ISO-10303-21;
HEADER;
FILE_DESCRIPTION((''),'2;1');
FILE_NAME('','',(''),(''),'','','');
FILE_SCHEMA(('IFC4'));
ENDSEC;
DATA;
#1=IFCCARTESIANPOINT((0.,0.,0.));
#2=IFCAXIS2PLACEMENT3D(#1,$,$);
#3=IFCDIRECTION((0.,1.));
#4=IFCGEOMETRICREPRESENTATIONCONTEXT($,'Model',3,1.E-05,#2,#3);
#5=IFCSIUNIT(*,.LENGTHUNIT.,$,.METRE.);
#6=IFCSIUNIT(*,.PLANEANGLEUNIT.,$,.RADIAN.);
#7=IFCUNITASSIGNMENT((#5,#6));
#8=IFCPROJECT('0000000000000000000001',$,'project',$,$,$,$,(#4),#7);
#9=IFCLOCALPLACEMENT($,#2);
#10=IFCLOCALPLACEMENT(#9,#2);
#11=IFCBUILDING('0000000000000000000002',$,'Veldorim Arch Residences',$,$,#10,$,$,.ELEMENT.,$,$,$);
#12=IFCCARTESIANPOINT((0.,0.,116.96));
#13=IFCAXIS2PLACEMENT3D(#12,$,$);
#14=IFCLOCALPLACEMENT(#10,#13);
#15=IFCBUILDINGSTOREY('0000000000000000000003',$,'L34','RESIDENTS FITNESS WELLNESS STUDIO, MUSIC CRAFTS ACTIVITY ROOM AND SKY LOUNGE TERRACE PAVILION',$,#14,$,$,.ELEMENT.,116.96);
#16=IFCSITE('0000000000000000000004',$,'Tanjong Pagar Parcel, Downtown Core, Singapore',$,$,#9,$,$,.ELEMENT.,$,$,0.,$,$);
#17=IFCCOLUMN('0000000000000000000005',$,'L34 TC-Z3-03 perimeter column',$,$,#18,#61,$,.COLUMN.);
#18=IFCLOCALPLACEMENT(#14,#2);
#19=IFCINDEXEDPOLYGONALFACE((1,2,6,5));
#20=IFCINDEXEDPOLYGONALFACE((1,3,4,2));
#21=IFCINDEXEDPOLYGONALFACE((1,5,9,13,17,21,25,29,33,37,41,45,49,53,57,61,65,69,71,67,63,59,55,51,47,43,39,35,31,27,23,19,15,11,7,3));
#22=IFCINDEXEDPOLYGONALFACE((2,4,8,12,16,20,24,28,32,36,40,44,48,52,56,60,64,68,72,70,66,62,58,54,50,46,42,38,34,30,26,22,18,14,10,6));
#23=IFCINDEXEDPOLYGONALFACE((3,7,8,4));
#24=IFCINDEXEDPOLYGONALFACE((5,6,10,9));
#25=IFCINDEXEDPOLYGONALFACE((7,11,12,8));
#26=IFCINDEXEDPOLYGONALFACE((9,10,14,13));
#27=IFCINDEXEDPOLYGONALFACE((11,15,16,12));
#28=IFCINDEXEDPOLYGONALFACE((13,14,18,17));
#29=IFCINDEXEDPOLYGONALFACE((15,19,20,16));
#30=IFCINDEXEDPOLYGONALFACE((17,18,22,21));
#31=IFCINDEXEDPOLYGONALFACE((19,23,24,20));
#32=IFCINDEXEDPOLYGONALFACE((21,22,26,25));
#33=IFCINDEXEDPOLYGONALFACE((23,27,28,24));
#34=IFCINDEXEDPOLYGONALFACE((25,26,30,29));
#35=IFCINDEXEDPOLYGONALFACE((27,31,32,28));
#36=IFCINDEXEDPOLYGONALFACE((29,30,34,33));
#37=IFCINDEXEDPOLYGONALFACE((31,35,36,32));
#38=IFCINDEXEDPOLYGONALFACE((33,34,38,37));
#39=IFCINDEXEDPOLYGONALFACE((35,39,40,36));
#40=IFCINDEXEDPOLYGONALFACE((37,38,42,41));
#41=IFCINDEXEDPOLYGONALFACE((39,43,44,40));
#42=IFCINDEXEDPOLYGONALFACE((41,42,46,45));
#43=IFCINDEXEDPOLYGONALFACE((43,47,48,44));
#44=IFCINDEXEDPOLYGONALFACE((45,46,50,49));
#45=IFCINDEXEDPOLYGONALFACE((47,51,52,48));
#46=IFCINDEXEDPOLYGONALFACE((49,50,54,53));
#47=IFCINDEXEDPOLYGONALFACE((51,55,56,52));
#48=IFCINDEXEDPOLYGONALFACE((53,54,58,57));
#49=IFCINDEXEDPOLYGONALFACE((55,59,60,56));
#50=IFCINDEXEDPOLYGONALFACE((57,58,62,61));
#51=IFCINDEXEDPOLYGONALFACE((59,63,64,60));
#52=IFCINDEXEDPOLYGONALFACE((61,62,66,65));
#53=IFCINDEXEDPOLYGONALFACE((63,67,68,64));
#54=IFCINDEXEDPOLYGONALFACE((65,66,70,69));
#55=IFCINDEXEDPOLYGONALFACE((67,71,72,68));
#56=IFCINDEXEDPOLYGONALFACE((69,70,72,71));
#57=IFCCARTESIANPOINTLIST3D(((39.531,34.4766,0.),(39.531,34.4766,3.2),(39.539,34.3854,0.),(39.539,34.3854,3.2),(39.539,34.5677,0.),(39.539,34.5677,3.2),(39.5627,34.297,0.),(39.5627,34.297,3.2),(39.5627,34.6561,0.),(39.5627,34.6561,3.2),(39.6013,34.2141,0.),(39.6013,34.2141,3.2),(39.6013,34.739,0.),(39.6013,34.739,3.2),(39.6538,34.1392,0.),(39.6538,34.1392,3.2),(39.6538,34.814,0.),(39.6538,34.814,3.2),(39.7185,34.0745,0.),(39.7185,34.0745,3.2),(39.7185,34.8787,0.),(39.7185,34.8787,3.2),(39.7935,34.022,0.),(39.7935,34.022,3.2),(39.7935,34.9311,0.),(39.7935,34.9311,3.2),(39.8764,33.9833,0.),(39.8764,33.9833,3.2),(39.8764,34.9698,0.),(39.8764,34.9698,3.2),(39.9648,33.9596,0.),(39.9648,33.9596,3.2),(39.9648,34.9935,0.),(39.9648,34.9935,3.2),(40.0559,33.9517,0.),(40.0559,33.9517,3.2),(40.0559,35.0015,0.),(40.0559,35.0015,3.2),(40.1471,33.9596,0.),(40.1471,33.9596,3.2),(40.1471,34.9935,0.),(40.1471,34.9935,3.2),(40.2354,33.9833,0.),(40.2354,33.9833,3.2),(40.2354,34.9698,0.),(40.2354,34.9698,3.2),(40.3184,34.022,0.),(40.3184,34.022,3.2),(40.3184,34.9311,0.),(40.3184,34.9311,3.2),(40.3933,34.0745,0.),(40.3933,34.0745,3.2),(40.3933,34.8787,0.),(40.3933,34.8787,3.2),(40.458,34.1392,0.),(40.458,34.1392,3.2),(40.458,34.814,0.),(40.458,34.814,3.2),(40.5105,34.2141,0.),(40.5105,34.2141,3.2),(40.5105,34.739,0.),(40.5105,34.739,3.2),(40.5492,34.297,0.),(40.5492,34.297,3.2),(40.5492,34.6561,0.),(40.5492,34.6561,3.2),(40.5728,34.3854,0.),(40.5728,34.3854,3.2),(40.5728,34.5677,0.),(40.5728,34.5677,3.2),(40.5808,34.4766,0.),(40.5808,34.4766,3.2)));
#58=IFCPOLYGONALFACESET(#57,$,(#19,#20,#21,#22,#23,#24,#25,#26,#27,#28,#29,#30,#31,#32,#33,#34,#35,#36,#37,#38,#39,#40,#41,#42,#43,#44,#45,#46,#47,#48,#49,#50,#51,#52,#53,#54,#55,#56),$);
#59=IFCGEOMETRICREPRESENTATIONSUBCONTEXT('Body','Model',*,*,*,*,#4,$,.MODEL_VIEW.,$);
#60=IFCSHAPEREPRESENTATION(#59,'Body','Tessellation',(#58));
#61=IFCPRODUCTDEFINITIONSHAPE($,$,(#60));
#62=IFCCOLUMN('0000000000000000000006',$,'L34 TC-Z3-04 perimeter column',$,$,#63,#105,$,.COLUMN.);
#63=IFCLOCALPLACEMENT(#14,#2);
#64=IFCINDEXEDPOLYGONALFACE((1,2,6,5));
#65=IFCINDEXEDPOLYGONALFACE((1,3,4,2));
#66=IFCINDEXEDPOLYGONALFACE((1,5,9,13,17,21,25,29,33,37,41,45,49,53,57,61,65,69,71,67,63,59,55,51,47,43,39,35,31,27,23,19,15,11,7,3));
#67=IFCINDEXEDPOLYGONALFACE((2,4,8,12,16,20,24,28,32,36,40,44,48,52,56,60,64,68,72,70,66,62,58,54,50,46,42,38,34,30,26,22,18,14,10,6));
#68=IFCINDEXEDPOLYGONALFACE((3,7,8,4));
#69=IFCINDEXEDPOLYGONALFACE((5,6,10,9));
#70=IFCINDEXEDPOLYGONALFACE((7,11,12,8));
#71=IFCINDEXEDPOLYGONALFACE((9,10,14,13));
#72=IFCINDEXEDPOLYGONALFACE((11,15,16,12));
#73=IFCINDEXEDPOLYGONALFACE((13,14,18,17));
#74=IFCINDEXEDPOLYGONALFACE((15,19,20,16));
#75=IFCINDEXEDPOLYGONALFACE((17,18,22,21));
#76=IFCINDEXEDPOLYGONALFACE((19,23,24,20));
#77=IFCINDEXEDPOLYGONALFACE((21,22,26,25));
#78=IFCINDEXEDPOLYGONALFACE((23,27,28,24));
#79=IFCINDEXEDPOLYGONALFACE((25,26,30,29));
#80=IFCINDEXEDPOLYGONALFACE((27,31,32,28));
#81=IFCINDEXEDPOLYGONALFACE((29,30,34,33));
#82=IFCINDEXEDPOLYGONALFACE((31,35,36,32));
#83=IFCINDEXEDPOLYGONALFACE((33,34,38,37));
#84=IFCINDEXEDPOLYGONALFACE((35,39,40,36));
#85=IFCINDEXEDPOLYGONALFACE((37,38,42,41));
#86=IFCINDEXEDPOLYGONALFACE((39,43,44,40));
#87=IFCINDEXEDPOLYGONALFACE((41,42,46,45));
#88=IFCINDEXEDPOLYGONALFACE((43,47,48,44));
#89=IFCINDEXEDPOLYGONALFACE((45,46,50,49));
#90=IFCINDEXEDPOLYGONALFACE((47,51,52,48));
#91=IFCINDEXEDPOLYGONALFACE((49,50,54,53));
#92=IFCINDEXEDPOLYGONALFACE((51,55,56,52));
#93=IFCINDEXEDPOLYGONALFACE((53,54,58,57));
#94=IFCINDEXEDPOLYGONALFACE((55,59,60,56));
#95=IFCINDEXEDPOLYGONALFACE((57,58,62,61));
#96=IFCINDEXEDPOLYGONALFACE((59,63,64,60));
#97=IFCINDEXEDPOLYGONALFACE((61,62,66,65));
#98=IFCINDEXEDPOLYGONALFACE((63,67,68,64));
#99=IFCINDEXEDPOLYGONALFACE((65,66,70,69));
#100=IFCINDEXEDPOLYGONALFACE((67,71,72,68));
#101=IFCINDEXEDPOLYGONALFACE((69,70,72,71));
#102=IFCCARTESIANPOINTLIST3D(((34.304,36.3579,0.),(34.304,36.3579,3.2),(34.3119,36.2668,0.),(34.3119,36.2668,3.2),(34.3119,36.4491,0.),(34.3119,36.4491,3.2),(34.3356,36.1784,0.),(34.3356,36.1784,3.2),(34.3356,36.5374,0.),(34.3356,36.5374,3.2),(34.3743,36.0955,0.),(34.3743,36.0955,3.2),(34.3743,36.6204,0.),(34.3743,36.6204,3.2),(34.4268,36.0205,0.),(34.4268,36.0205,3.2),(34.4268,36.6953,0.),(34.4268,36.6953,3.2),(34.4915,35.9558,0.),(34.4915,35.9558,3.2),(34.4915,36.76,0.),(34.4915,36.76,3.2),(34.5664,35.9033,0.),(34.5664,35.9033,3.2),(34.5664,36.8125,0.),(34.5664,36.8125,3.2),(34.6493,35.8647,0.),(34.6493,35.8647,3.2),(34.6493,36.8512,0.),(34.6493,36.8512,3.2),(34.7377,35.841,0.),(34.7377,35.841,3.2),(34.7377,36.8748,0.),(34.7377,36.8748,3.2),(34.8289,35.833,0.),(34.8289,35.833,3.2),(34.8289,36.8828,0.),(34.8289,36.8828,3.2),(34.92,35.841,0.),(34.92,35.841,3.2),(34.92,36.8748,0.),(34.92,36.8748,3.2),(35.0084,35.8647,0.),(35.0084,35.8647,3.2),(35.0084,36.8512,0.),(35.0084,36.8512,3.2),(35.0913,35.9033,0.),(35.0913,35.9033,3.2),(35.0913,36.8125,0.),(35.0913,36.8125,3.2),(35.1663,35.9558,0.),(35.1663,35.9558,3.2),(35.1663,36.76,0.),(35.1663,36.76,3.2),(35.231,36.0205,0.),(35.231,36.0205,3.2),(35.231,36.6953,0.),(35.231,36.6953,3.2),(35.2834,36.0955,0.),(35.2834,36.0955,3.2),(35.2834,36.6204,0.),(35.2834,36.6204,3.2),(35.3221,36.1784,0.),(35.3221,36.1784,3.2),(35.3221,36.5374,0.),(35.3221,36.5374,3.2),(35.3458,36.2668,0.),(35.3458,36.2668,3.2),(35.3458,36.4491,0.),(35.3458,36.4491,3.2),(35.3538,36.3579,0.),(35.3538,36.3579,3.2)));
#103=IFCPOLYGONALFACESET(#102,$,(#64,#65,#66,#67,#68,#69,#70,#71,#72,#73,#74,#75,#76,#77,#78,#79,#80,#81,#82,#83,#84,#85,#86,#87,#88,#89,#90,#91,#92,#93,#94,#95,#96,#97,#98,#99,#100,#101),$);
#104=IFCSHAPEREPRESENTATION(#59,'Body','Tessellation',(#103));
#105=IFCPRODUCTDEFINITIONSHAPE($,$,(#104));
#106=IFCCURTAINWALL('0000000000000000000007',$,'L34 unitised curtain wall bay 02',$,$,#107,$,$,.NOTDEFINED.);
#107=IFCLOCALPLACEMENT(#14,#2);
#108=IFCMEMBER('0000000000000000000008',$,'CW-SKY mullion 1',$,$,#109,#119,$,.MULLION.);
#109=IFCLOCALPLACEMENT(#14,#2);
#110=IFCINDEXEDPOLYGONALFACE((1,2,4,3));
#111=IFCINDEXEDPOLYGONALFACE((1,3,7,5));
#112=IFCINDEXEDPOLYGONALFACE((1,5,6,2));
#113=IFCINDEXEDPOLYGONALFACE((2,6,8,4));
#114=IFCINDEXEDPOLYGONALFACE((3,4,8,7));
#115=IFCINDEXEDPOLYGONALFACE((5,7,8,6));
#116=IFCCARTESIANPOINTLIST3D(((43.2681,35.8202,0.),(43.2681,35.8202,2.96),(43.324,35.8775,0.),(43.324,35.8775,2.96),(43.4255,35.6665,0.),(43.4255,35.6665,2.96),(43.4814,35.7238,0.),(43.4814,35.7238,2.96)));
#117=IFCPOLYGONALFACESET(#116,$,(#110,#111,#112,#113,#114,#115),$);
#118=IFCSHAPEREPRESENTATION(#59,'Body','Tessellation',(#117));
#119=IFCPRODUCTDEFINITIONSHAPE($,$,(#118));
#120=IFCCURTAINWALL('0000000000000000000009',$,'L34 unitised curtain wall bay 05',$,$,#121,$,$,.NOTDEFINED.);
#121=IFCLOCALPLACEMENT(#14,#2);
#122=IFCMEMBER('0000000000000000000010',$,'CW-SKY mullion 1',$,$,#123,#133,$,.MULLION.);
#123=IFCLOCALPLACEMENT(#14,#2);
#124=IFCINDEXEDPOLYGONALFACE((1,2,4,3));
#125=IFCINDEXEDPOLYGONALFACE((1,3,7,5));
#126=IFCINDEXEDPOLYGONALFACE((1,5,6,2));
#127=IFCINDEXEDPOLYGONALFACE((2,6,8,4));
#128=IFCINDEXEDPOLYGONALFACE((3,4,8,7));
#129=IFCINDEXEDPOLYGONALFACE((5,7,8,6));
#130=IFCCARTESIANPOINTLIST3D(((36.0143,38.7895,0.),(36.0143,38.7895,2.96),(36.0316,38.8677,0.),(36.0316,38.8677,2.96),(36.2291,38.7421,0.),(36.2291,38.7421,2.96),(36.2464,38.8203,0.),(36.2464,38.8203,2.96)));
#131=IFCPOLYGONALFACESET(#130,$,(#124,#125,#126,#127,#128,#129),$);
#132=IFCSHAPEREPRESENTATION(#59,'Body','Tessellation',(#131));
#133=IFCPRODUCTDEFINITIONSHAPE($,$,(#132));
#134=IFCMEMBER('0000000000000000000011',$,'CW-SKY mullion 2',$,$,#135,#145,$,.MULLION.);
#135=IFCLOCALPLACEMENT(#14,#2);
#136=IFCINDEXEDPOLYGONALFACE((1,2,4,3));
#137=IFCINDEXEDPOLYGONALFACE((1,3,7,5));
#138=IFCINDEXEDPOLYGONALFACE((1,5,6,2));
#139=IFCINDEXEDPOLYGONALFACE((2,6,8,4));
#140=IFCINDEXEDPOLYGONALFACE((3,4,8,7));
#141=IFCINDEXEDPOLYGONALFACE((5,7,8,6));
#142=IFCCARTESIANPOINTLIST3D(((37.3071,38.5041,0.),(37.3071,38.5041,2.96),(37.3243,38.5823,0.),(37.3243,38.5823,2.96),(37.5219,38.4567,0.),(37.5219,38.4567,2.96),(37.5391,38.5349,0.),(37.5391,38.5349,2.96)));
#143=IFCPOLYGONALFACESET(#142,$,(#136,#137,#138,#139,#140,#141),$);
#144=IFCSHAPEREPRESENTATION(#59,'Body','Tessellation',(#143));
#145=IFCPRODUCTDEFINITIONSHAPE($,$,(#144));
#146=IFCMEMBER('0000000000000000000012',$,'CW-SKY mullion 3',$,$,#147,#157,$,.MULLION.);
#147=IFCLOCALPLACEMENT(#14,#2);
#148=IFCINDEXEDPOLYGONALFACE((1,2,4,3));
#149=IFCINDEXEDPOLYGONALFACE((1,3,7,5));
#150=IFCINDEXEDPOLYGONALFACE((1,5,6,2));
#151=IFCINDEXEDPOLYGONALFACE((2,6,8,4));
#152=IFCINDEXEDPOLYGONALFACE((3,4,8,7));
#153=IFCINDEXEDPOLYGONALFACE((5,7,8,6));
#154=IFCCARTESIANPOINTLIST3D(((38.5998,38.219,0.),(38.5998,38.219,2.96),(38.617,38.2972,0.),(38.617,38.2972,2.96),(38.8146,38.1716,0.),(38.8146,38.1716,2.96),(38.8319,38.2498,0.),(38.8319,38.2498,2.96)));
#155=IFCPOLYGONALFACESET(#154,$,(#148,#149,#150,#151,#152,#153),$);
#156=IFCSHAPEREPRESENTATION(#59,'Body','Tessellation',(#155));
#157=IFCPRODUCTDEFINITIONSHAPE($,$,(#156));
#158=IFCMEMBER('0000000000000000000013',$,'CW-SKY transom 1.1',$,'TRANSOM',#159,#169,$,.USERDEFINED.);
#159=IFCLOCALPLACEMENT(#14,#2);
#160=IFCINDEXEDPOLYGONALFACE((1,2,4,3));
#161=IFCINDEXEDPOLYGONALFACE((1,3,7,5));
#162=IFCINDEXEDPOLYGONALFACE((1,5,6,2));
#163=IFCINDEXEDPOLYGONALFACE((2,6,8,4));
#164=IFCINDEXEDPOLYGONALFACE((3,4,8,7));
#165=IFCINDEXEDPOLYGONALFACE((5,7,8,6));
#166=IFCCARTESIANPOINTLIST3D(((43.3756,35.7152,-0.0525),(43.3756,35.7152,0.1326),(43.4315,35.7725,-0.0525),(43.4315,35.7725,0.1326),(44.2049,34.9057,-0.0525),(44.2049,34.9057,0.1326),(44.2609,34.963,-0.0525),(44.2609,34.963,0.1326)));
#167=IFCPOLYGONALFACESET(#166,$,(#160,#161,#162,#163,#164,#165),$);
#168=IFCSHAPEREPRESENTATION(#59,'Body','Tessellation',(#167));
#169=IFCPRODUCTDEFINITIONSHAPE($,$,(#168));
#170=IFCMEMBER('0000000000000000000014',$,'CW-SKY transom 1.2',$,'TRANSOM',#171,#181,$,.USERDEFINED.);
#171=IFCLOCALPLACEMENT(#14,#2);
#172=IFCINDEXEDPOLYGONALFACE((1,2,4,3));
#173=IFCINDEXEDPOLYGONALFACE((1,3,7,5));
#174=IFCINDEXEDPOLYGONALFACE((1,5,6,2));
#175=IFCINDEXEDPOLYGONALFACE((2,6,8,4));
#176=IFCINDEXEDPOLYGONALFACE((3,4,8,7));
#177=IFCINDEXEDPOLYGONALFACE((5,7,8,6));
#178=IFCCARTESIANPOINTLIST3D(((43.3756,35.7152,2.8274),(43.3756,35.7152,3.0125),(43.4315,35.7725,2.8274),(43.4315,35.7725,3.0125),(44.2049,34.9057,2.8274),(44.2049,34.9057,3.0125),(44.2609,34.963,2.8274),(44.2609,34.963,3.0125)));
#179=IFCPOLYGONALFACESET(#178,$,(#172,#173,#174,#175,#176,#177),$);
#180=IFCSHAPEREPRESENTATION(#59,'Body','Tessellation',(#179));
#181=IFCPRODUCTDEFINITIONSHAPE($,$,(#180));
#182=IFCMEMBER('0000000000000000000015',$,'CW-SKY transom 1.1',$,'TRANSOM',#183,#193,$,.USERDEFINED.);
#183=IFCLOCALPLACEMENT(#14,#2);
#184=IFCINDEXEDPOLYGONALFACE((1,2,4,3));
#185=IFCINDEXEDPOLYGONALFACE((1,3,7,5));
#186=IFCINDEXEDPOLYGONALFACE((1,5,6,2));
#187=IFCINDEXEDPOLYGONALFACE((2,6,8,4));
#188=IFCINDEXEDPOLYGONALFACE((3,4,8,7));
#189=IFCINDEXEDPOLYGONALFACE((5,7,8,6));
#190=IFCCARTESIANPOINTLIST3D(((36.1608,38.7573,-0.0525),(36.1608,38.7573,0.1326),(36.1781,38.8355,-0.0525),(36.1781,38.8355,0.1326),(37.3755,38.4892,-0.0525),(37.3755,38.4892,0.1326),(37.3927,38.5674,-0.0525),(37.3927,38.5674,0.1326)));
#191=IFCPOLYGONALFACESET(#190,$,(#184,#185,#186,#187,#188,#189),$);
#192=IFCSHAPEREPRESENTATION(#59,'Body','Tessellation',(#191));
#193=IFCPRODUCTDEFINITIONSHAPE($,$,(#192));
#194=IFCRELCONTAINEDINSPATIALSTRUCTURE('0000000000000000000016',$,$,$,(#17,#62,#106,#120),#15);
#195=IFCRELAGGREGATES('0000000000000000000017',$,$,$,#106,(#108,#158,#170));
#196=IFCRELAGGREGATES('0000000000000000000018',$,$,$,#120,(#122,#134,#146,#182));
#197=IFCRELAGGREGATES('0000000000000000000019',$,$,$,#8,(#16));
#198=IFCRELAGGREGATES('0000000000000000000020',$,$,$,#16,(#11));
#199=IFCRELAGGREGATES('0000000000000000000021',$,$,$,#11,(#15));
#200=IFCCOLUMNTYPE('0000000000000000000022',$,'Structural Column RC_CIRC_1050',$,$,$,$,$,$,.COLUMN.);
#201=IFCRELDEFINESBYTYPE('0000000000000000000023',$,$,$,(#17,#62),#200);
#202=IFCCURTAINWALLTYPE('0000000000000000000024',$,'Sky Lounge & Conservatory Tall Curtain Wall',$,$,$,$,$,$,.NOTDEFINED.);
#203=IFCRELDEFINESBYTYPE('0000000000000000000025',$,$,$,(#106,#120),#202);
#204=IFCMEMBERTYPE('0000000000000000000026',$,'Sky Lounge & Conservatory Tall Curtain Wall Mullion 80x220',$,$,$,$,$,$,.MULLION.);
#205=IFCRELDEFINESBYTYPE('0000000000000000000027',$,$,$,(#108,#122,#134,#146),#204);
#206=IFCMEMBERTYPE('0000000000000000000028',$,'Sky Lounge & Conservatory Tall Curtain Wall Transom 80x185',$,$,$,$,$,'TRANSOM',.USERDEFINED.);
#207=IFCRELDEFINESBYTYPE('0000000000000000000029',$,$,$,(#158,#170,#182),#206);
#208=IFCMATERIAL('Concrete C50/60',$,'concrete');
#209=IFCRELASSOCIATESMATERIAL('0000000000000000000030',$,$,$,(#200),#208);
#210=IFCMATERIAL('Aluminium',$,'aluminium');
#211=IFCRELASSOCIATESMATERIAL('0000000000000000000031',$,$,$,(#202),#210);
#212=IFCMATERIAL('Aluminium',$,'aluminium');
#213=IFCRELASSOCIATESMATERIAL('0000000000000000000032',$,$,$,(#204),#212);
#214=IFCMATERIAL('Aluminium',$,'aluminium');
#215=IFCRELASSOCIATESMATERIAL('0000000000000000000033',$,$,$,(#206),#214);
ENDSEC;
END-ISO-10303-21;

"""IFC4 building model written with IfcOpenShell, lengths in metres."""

from ifc_helpers import new_model, si_unit, direction, frame, origin, origin_2d, place, context, subcontext, project, spatial, rectangle, circle, extrude, material, material_profile, profile_set, type_object, element, aggregate, save


model = new_model("IFC4")

# Units and contexts
model_context = context("Model", 3, precision=1e-05, world=origin(), true_north=direction((0.0, 1.0)))
body_context = subcontext(model_context, "Body", "Model", "MODEL_VIEW")
ifc_project = project(units=[si_unit("LENGTHUNIT", "METRE"), si_unit("PLANEANGLEUNIT", "RADIAN")], contexts=[model_context])

# Site, building, storey
site_placement = place(None, origin())
site = spatial("IfcSite", under=ifc_project, at=site_placement, Name="Tanjong Pagar Parcel, Downtown Core, Singapore", CompositionType="ELEMENT", RefElevation=0.0)
building_placement = place(site_placement, origin())
building = spatial("IfcBuilding", under=site, at=building_placement, Name="Veldorim Arch Residences", CompositionType="ELEMENT")
storey_placement = place(building_placement, frame((0.0, 0.0, 116.96)))
storey = spatial("IfcBuildingStorey", under=building, at=storey_placement, Name="L34", Description="RESIDENTS FITNESS WELLNESS STUDIO, MUSIC CRAFTS ACTIVITY ROOM AND SKY LOUNGE TERRACE PAVILION", CompositionType="ELEMENT", Elevation=116.96)

# Columns
ifc_material_1 = material(Name="Concrete C50/60", Category="concrete")
ifc_material_profile_1 = material_profile(ifc_material_1, circle(Radius=0.5249, at=origin_2d()), Name="RC_CIRC_1050")
ifc_profile_set_1 = profile_set([ifc_material_profile_1], Name="Concrete C50/60")
column_type = type_object("IfcColumnType", Name="Structural Column RC_CIRC_1050", PredefinedType="COLUMN", material=ifc_profile_set_1)
for number, where, z_axis, x_axis, name in (
    (1, (40.0559, 34.4766, 0.0), (0.0, 0.0, 1.0), (1.0, 0.0, 0.0), "L34 TC-Z3-03 perimeter column"),
    (2, (34.8289, 36.3579, 0.0), (0.0, 0.0, 1.0), (1.0, 0.0, 0.0), "L34 TC-Z3-04 perimeter column"),
):
    element("IfcColumn", number, at=place(storey_placement, frame(where, z_axis=z_axis, x_axis=x_axis)), inside=storey, type_object=column_type, Name=name, PredefinedType="COLUMN", context=body_context, shape_type="SweptSolid", body=[
        extrude(circle(Radius=0.5249, at=origin_2d()), origin(), (0.0, 0.0, 1.0), 3.2),
    ])

# Curtain wall, member
ifc_material_2 = material(Name="Aluminium", Category="aluminium")
curtain_wall_type = type_object("IfcCurtainWallType", Name="Sky Lounge & Conservatory Tall Curtain Wall", PredefinedType="NOTDEFINED", material=ifc_material_2)
curtain_wall_1_placement = place(storey_placement, origin())
curtain_wall_1 = element("IfcCurtainWall", 3, at=curtain_wall_1_placement, inside=storey, type_object=curtain_wall_type, Name="L34 unitised curtain wall bay 02", PredefinedType="NOTDEFINED")
ifc_material_3 = material(Name="Aluminium", Category="aluminium")
ifc_material_profile_2 = material_profile(ifc_material_3, rectangle(XDim=0.0801, YDim=0.22, at=origin_2d()), Name="ALU_MUL_80x220")
ifc_profile_set_2 = profile_set([ifc_material_profile_2], Name="Aluminium")
member_type_1 = type_object("IfcMemberType", Name="Sky Lounge & Conservatory Tall Curtain Wall Mullion 80x220", PredefinedType="MULLION", material=ifc_profile_set_2)
member_1_placement = place(storey_placement, frame((43.3748, 35.772, 0.0), z_axis=(0.0, 0.0, 1.0), x_axis=(0.698573, 0.715538, 0.0)))
member_1 = element("IfcMember", 4, at=member_1_placement, type_object=member_type_1, Name="CW-SKY mullion 1", PredefinedType="MULLION", context=body_context, shape_type="SweptSolid", body=[
    extrude(rectangle(XDim=0.0801, YDim=0.22, at=origin_2d()), origin(), (0.0, 0.0, 1.0), 2.96),
])

# Curtain wall, members
curtain_wall_2_placement = place(storey_placement, origin())
curtain_wall_2 = element("IfcCurtainWall", 5, at=curtain_wall_2_placement, inside=storey, type_object=curtain_wall_type, Name="L34 unitised curtain wall bay 05", PredefinedType="NOTDEFINED")
member_2_placement = place(storey_placement, frame((36.1304, 38.8049, 0.0), z_axis=(0.0, 0.0, 1.0), x_axis=(0.215537, 0.976496, 0.0)))
member_2 = element("IfcMember", 6, at=member_2_placement, type_object=member_type_1, Name="CW-SKY mullion 1", PredefinedType="MULLION", context=body_context, shape_type="SweptSolid", body=[
    extrude(rectangle(XDim=0.0801, YDim=0.22, at=origin_2d()), origin(), (0.0, 0.0, 1.0), 2.96),
])
member_3_placement = place(storey_placement, frame((37.4231, 38.5195, 0.0), z_axis=(0.0, 0.0, 1.0), x_axis=(0.215537, 0.976496, 0.0)))
member_3 = element("IfcMember", 7, at=member_3_placement, type_object=member_type_1, Name="CW-SKY mullion 2", PredefinedType="MULLION", context=body_context, shape_type="SweptSolid", body=[
    extrude(rectangle(XDim=0.0801, YDim=0.22, at=origin_2d()), origin(), (0.0, 0.0, 1.0), 2.96),
])
member_4_placement = place(storey_placement, frame((38.7158, 38.2344, 0.0), z_axis=(0.0, 0.0, 1.0), x_axis=(0.215537, 0.976496, 0.0)))
member_4 = element("IfcMember", 8, at=member_4_placement, type_object=member_type_1, Name="CW-SKY mullion 3", PredefinedType="MULLION", context=body_context, shape_type="SweptSolid", body=[
    extrude(rectangle(XDim=0.0801, YDim=0.22, at=origin_2d()), origin(), (0.0, 0.0, 1.0), 2.96),
])

# Members
ifc_material_4 = material(Name="Aluminium", Category="aluminium")
ifc_material_profile_3 = material_profile(ifc_material_4, rectangle(XDim=0.0801, YDim=0.1851, at=origin_2d()), Name="ALU_TRN_80x185")
ifc_profile_set_3 = profile_set([ifc_material_profile_3], Name="Aluminium")
member_type_2 = type_object("IfcMemberType", Name="Sky Lounge & Conservatory Tall Curtain Wall Transom 80x185", ElementType="TRANSOM", PredefinedType="USERDEFINED", material=ifc_profile_set_3)
member_5_placement = place(storey_placement, frame((43.4036, 35.7439, 0.04), z_axis=(0.715587, -0.698524, 0.0), x_axis=(0.698524, 0.715587, 0.0)))
member_5 = element("IfcMember", 9, at=member_5_placement, type_object=member_type_2, Name="CW-SKY transom 1.1", ObjectType="TRANSOM", PredefinedType="USERDEFINED", context=body_context, shape_type="SweptSolid", body=[
    extrude(rectangle(XDim=0.0801, YDim=0.1851, at=origin_2d()), origin(), (0.0, 0.0, 1.0), 1.1589),
])
member_6_placement = place(storey_placement, frame((43.4036, 35.7439, 2.9199), z_axis=(0.715587, -0.698524, 0.0), x_axis=(0.698524, 0.715587, 0.0)))
member_6 = element("IfcMember", 10, at=member_6_placement, type_object=member_type_2, Name="CW-SKY transom 1.2", ObjectType="TRANSOM", PredefinedType="USERDEFINED", context=body_context, shape_type="SweptSolid", body=[
    extrude(rectangle(XDim=0.0801, YDim=0.1851, at=origin_2d()), origin(), (0.0, 0.0, 1.0), 1.1589),
])
aggregate(curtain_wall_1, [member_1, member_5, member_6])
member_7_placement = place(storey_placement, frame((36.1694, 38.7964, 0.04), z_axis=(0.9765, -0.215517, 0.0), x_axis=(0.215517, 0.9765, 0.0)))
member_7 = element("IfcMember", 11, at=member_7_placement, type_object=member_type_2, Name="CW-SKY transom 1.1", ObjectType="TRANSOM", PredefinedType="USERDEFINED", context=body_context, shape_type="SweptSolid", body=[
    extrude(rectangle(XDim=0.0801, YDim=0.1851, at=origin_2d()), origin(), (0.0, 0.0, 1.0), 1.2439),
])

aggregate(curtain_wall_2, [member_2, member_3, member_4, member_7])

save(model, "model.ifc")
